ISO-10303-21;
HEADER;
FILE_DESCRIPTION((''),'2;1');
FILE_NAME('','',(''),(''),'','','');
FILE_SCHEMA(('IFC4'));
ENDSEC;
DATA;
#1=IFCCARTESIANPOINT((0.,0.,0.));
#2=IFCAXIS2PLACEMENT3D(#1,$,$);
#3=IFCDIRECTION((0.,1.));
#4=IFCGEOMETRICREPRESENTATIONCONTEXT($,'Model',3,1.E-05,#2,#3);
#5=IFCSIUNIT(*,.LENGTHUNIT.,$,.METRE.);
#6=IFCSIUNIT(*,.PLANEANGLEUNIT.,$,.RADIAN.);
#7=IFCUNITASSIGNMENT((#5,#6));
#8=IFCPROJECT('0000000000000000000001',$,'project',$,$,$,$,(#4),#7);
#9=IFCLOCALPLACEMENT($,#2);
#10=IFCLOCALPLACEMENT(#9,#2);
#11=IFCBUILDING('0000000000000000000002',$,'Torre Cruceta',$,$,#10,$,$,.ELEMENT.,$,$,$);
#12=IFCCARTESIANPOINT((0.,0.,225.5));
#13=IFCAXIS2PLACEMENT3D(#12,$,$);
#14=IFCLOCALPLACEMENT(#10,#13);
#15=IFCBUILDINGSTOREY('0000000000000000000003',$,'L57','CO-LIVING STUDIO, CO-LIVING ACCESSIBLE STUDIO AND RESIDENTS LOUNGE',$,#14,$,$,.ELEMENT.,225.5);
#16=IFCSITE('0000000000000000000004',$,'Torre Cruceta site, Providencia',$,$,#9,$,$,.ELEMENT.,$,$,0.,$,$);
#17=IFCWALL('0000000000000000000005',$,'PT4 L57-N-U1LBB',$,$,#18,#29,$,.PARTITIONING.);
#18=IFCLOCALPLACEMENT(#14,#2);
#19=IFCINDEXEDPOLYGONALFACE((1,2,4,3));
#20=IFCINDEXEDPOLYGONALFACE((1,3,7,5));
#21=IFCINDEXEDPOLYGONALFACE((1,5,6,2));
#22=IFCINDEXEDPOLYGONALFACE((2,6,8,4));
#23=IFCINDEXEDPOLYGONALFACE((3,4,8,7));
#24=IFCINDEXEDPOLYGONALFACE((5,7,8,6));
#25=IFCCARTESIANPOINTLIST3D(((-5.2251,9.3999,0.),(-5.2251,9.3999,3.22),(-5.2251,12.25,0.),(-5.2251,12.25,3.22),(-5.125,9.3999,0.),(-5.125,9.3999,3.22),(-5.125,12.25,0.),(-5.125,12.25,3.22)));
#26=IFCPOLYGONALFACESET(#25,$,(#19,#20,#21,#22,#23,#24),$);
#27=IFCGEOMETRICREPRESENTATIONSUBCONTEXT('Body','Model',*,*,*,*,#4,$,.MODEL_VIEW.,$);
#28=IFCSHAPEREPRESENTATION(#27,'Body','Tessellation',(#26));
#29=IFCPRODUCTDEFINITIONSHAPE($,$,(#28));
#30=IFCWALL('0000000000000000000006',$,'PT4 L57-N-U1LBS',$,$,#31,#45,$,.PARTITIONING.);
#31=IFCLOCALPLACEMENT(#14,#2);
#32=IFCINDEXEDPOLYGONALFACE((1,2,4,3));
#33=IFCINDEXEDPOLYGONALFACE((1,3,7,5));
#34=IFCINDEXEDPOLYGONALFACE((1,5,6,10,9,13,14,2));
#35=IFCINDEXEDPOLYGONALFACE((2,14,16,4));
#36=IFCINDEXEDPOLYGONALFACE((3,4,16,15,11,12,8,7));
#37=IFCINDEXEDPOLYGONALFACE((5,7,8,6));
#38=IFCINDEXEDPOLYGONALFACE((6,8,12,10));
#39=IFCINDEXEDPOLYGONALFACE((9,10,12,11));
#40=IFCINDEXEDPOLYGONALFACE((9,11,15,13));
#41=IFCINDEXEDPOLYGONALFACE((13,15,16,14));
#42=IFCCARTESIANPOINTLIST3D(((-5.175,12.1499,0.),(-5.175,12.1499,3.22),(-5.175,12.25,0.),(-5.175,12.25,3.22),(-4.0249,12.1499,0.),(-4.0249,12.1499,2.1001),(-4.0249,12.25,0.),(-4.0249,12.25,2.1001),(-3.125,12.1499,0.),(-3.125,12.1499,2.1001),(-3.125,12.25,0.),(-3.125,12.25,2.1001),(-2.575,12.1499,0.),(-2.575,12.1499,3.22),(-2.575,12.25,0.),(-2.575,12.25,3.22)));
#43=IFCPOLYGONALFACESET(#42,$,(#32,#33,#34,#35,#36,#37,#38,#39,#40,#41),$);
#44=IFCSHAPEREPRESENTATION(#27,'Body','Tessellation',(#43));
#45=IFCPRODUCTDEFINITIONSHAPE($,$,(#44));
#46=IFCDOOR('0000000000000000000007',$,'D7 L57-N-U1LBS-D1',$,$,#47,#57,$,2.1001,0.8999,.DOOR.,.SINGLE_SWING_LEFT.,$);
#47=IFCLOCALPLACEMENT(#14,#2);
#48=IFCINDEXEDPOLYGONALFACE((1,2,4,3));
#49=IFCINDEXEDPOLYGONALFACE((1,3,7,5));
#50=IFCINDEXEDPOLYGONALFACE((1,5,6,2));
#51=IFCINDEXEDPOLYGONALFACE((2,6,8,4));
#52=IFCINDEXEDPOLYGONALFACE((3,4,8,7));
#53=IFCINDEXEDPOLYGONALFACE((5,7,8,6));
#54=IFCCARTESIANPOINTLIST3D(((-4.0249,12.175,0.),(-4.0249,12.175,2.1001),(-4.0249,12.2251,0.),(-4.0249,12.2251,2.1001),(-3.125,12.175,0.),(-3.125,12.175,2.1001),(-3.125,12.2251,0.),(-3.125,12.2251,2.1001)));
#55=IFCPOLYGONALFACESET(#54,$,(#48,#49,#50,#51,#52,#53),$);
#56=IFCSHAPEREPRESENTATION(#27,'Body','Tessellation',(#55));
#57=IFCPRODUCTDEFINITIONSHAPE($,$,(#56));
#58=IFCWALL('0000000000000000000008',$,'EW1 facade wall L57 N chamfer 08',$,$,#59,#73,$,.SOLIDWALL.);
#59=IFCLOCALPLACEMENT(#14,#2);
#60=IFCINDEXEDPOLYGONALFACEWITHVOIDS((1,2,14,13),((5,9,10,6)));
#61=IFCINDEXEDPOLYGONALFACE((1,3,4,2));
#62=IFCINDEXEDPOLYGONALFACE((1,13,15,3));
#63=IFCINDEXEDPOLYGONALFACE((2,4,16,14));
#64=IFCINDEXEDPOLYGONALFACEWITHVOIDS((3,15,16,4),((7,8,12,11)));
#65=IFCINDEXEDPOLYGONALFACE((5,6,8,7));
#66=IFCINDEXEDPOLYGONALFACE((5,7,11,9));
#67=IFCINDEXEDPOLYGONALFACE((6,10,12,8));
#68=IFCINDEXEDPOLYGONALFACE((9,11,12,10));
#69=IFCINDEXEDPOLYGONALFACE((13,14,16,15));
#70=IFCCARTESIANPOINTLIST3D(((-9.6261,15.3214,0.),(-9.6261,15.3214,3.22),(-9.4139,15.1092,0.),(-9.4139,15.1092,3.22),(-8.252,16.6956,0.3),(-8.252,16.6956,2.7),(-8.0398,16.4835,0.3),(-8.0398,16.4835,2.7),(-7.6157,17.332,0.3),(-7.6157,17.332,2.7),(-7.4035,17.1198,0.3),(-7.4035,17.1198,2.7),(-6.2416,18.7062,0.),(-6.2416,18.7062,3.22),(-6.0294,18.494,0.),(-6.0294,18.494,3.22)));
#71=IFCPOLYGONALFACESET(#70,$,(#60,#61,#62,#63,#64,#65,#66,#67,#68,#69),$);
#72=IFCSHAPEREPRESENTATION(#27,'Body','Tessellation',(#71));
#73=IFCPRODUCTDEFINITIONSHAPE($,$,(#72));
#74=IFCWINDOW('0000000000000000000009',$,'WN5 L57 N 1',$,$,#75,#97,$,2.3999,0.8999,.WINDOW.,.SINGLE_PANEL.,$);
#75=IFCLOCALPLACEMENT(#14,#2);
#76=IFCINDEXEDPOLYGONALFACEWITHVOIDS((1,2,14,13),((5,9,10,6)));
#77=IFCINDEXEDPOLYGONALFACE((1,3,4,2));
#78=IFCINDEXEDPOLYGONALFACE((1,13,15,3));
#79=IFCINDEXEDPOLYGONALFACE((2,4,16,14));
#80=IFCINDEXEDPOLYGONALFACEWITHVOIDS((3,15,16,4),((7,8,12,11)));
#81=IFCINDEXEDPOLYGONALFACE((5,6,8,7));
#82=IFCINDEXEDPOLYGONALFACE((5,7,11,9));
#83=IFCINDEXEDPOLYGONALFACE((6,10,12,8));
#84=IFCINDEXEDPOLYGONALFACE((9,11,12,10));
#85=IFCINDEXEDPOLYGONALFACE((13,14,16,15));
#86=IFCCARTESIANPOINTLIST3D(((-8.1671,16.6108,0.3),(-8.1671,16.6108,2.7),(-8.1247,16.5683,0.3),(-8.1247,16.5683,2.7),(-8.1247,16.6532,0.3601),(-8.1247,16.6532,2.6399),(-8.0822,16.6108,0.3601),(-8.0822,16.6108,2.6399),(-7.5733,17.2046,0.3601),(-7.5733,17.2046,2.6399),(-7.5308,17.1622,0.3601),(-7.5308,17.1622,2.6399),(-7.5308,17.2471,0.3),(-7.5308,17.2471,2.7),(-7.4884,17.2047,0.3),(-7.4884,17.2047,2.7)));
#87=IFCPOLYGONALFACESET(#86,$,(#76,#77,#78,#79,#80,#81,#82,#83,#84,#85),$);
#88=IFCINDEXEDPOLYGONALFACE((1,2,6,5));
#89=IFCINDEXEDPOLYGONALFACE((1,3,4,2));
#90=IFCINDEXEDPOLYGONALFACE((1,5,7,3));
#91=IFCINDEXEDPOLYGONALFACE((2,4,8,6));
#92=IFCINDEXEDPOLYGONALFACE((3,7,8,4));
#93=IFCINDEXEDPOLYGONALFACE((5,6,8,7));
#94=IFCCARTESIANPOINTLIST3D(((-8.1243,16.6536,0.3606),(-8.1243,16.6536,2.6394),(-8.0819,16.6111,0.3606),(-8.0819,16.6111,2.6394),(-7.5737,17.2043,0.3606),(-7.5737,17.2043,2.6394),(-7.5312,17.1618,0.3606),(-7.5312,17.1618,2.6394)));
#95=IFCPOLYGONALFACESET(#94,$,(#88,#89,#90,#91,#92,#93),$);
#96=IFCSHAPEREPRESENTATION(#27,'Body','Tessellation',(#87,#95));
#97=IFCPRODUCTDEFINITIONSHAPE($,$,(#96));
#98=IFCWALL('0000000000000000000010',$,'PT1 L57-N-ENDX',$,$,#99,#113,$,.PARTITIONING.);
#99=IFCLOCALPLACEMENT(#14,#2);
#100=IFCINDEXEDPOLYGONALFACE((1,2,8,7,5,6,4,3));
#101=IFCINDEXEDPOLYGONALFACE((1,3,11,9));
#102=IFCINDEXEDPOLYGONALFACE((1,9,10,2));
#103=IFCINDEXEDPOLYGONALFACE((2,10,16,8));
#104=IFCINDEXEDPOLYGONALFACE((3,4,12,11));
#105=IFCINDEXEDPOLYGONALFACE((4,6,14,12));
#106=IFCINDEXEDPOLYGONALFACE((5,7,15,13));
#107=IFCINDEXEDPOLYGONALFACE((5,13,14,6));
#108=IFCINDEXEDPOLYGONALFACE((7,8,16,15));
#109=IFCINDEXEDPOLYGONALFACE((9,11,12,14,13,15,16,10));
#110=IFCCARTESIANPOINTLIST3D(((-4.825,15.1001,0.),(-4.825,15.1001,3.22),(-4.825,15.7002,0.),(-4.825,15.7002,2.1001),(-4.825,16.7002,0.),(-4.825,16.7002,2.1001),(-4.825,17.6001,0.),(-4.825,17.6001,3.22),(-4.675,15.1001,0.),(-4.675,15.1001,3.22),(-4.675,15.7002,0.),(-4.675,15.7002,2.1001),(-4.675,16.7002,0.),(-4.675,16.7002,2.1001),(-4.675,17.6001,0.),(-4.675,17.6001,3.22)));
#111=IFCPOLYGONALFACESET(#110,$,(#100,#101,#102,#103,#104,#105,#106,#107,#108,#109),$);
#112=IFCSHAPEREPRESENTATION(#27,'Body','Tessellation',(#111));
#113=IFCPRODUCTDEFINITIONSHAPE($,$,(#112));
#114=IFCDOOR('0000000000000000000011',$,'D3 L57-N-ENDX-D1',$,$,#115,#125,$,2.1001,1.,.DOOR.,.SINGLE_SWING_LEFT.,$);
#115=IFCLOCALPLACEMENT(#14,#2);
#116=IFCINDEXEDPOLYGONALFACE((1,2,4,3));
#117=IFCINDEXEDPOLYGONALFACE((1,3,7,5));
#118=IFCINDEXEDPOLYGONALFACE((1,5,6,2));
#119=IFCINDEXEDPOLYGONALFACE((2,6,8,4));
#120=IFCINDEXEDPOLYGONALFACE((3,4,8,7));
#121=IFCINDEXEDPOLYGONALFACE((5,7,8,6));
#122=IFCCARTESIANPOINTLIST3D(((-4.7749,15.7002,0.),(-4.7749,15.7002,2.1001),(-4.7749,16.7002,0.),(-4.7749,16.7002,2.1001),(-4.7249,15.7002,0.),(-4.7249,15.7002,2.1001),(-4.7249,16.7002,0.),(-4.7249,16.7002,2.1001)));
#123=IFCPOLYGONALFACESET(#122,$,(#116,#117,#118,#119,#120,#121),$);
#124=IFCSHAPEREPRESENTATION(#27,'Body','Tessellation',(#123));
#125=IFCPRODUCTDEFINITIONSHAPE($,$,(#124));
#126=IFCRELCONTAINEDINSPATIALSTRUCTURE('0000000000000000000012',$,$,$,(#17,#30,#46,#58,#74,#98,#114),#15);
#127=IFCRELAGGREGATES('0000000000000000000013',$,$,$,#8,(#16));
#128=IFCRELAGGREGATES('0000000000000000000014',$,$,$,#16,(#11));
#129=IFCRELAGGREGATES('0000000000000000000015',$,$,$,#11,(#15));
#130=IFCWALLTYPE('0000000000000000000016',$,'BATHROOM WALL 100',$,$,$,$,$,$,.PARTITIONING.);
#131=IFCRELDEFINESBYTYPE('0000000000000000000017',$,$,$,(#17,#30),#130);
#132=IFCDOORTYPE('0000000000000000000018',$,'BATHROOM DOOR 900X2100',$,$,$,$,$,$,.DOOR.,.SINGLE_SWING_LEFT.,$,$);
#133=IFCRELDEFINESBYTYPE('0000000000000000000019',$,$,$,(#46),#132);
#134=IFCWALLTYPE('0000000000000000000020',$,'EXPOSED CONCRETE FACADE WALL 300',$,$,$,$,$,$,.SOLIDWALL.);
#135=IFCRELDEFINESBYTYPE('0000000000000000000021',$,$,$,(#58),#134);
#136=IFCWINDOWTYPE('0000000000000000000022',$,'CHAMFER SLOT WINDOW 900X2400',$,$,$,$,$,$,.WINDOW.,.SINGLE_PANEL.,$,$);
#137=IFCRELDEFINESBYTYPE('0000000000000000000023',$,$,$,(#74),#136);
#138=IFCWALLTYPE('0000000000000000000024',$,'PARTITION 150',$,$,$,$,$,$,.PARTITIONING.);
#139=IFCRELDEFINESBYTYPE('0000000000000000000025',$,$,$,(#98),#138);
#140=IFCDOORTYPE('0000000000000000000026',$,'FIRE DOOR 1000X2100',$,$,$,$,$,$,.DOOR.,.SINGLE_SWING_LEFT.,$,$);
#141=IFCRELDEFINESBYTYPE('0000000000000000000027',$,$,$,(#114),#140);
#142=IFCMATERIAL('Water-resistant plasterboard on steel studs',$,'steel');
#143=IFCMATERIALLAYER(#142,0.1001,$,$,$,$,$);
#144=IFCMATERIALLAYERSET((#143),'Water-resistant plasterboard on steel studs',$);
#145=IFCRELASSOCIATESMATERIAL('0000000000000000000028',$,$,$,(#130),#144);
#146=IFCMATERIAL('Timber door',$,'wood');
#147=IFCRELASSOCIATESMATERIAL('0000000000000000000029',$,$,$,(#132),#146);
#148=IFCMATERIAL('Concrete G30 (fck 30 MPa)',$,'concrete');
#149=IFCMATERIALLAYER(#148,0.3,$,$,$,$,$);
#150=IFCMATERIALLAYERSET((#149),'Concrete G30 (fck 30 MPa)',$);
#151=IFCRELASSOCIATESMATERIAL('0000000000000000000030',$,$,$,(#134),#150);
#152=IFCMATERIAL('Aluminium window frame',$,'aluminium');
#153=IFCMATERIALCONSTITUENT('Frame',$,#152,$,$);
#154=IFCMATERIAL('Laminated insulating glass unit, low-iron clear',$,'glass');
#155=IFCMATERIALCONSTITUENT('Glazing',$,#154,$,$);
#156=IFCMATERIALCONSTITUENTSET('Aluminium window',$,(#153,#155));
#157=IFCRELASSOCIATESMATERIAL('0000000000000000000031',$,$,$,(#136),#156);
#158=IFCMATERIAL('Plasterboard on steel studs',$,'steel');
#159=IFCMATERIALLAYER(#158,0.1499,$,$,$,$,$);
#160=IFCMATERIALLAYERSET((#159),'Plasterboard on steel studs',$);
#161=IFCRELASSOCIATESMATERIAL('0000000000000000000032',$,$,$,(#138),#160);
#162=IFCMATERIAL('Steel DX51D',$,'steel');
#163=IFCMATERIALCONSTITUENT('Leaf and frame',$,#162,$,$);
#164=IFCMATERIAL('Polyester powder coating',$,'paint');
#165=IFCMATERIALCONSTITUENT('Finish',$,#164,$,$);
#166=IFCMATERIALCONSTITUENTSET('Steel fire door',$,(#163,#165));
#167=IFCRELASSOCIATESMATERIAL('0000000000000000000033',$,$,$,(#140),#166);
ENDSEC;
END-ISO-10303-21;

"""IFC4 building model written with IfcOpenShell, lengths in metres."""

from ifc_helpers import new_model, si_unit, direction, frame, frame_2d, origin, place, context, subcontext, project, spatial, rectangle, hollow_rectangle, extrude, material, layer, layer_set, constituent, constituent_set, type_object, element, fill, save


model = new_model("IFC4")

# Units and contexts
model_context = context("Model", 3, precision=1e-05, world=origin(), true_north=direction((0.0, 1.0)))
body_context = subcontext(model_context, "Body", "Model", "MODEL_VIEW")
ifc_project = project(units=[si_unit("LENGTHUNIT", "METRE"), si_unit("PLANEANGLEUNIT", "RADIAN")], contexts=[model_context])

# Site, building, storey
site_placement = place(None, origin())
site = spatial("IfcSite", under=ifc_project, at=site_placement, Name="Torre Cruceta site, Providencia", CompositionType="ELEMENT", RefElevation=0.0)
building_placement = place(site_placement, origin())
building = spatial("IfcBuilding", under=site, at=building_placement, Name="Torre Cruceta", CompositionType="ELEMENT")
storey_placement = place(building_placement, frame((0.0, 0.0, 225.5)))
storey = spatial("IfcBuildingStorey", under=building, at=storey_placement, Name="L57", Description="CO-LIVING STUDIO, CO-LIVING ACCESSIBLE STUDIO AND RESIDENTS LOUNGE", CompositionType="ELEMENT", Elevation=225.5)

# Wall
ifc_material_1 = material(Name="Water-resistant plasterboard on steel studs", Category="steel")
ifc_layer_1 = layer(ifc_material_1, 0.1001)
ifc_layer_set_1 = layer_set([ifc_layer_1], Name="Water-resistant plasterboard on steel studs")
wall_type_1 = type_object("IfcWallType", Name="BATHROOM WALL 100", PredefinedType="PARTITIONING", material=ifc_layer_set_1)
wall_1_placement = place(storey_placement, frame((-5.175, 9.3999, 0.0), z_axis=(0.0, 0.0, 1.0), x_axis=(0.0, 1.0, 0.0)))
element("IfcWall", 1, at=wall_1_placement, inside=storey, type_object=wall_type_1, Name="PT4 L57-N-U1LBB", PredefinedType="PARTITIONING", context=body_context, shape_type="SweptSolid", body=[
    extrude(rectangle(XDim=2.8501, YDim=0.1001, at=frame_2d((1.425, 0.0))), origin(), (0.0, 0.0, 1.0), 3.22),
])

# Wall, opening, door
wall_2_placement = place(storey_placement, frame((-2.575, 12.2, 0.0), z_axis=(0.0, 0.0, 1.0), x_axis=(-1.0, 0.0, 0.0)))
wall_2 = element("IfcWall", 2, at=wall_2_placement, inside=storey, type_object=wall_type_1, Name="PT4 L57-N-U1LBS", PredefinedType="PARTITIONING", context=body_context, shape_type="SweptSolid", body=[
    extrude(rectangle(XDim=2.6001, YDim=0.1001, at=frame_2d((1.3, 0.0))), origin(), (0.0, 0.0, 1.0), 3.22),
])
opening_1_placement = place(wall_2_placement, frame((0.55, 0.0, 0.0)))
opening_1 = element("IfcOpeningElement", 3, at=opening_1_placement, cuts=wall_2, PredefinedType="OPENING", context=body_context, shape_type="SweptSolid", body=[
    extrude(rectangle(XDim=0.8999, YDim=2.1001, at=frame_2d((0.45, 1.05))), frame((0.0, 0.0601, 0.0), z_axis=(0.0, -1.0, 0.0), x_axis=(1.0, 0.0, 0.0)), (0.0, 0.0, 1.0), 0.1201),
])
ifc_material_2 = material(Name="Timber door", Category="wood")
door_type_1 = type_object("IfcDoorType", Name="BATHROOM DOOR 900X2100", OperationType="SINGLE_SWING_LEFT", PredefinedType="DOOR", material=ifc_material_2)
door_1_placement = place(opening_1_placement, origin())
door_1 = element("IfcDoor", 4, at=door_1_placement, inside=storey, type_object=door_type_1, Name="D7 L57-N-U1LBS-D1", OperationType="SINGLE_SWING_LEFT", OverallHeight=2.1001, OverallWidth=0.8999, PredefinedType="DOOR", context=body_context, shape_type="SweptSolid", body=[
    extrude(rectangle(XDim=0.8999, YDim=2.1001, at=frame_2d((0.45, 1.05))), frame((0.0, 0.0249, 0.0), z_axis=(0.0, -1.0, 0.0), x_axis=(1.0, 0.0, 0.0)), (0.0, 0.0, 1.0), 0.05),
])
fill(opening_1, door_1)

# Wall, opening, window
ifc_material_3 = material(Name="Concrete G30 (fck 30 MPa)", Category="concrete")
ifc_layer_2 = layer(ifc_material_3, 0.3)
ifc_layer_set_2 = layer_set([ifc_layer_2], Name="Concrete G30 (fck 30 MPa)")
wall_type_2 = type_object("IfcWallType", Name="EXPOSED CONCRETE FACADE WALL 300", PredefinedType="SOLIDWALL", material=ifc_layer_set_2)
wall_3_placement = place(storey_placement, frame((-6.1355, 18.6001, 0.0), z_axis=(0.0, 0.0, 1.0), x_axis=(-0.707081, -0.707132, 0.0)))
wall_3 = element("IfcWall", 5, at=wall_3_placement, inside=storey, type_object=wall_type_2, Name="EW1 facade wall L57 N chamfer 08", PredefinedType="SOLIDWALL", context=body_context, shape_type="SweptSolid", body=[
    extrude(rectangle(XDim=4.7866, YDim=0.3, at=frame_2d((2.3933, 0.0))), origin(), (0.0, 0.0, 1.0), 3.22),
])
opening_2_placement = place(wall_3_placement, frame((1.9434, 0.0, 0.3)))
opening_2 = element("IfcOpeningElement", 6, at=opening_2_placement, cuts=wall_3, PredefinedType="OPENING", context=body_context, shape_type="SweptSolid", body=[
    extrude(rectangle(XDim=0.8999, YDim=2.3999, at=frame_2d((0.45, 1.2))), frame((0.0, 0.1599, 0.0), z_axis=(0.0, -1.0, 0.0), x_axis=(1.0, 0.0, 0.0)), (0.0, 0.0, 1.0), 0.3201),
])
ifc_material_4 = material(Name="Aluminium window frame", Category="aluminium")
ifc_constituent_1 = constituent(ifc_material_4, Name="Frame")
ifc_material_5 = material(Name="Laminated insulating glass unit, low-iron clear", Category="glass")
ifc_constituent_2 = constituent(ifc_material_5, Name="Glazing")
ifc_constituent_set_1 = constituent_set(constituents=[ifc_constituent_1, ifc_constituent_2], Name="Aluminium window")
window_type = type_object("IfcWindowType", Name="CHAMFER SLOT WINDOW 900X2400", PartitioningType="SINGLE_PANEL", PredefinedType="WINDOW", material=ifc_constituent_set_1)
window_placement = place(opening_2_placement, origin())
window = element("IfcWindow", 7, at=window_placement, inside=storey, type_object=window_type, Name="WN5 L57 N 1", OverallHeight=2.3999, OverallWidth=0.8999, PartitioningType="SINGLE_PANEL", PredefinedType="WINDOW", context=body_context, shape_type="SweptSolid", body=[
    extrude(hollow_rectangle(XDim=0.8999, YDim=2.3999, WallThickness=0.0601, at=frame_2d((0.45, 1.2))), frame((0.0, 0.03, 0.0), z_axis=(0.0, -1.0, 0.0), x_axis=(1.0, 0.0, 0.0)), (0.0, 0.0, 1.0), 0.0601),
    extrude(rectangle(XDim=0.7788, YDim=2.2788, at=frame_2d((0.45, 1.2))), frame((0.0, 0.03, 0.0), z_axis=(0.0, -1.0, 0.0), x_axis=(1.0, 0.0, 0.0)), (0.0, 0.0, 1.0), 0.0601),
])
fill(opening_2, window)

# Wall, opening, door
ifc_material_6 = material(Name="Plasterboard on steel studs", Category="steel")
ifc_layer_3 = layer(ifc_material_6, 0.1499)
ifc_layer_set_3 = layer_set([ifc_layer_3], Name="Plasterboard on steel studs")
wall_type_3 = type_object("IfcWallType", Name="PARTITION 150", PredefinedType="PARTITIONING", material=ifc_layer_set_3)
wall_4_placement = place(storey_placement, frame((-4.75, 15.1001, 0.0), z_axis=(0.0, 0.0, 1.0), x_axis=(0.0, 1.0, 0.0)))
wall_4 = element("IfcWall", 8, at=wall_4_placement, inside=storey, type_object=wall_type_3, Name="PT1 L57-N-ENDX", PredefinedType="PARTITIONING", context=body_context, shape_type="SweptSolid", body=[
    extrude(rectangle(XDim=2.5, YDim=0.1499, at=frame_2d((1.25, 0.0))), origin(), (0.0, 0.0, 1.0), 3.22),
])
opening_3_placement = place(wall_4_placement, frame((0.6001, 0.0, 0.0)))
opening_3 = element("IfcOpeningElement", 9, at=opening_3_placement, cuts=wall_4, PredefinedType="OPENING", context=body_context, shape_type="SweptSolid", body=[
    extrude(rectangle(XDim=1.0, YDim=2.1001, at=frame_2d((0.5, 1.05))), frame((0.0, 0.085, 0.0), z_axis=(0.0, -1.0, 0.0), x_axis=(1.0, 0.0, 0.0)), (0.0, 0.0, 1.0), 0.1699),
])
ifc_material_7 = material(Name="Steel DX51D", Category="steel")
ifc_constituent_3 = constituent(ifc_material_7, Name="Leaf and frame")
ifc_material_8 = material(Name="Polyester powder coating", Category="paint")
ifc_constituent_4 = constituent(ifc_material_8, Name="Finish")
ifc_constituent_set_2 = constituent_set(constituents=[ifc_constituent_3, ifc_constituent_4], Name="Steel fire door")
door_type_2 = type_object("IfcDoorType", Name="FIRE DOOR 1000X2100", OperationType="SINGLE_SWING_LEFT", PredefinedType="DOOR", material=ifc_constituent_set_2)
door_2_placement = place(opening_3_placement, origin())
door_2 = element("IfcDoor", 10, at=door_2_placement, inside=storey, type_object=door_type_2, Name="D3 L57-N-ENDX-D1", OperationType="SINGLE_SWING_LEFT", OverallHeight=2.1001, OverallWidth=1.0, PredefinedType="DOOR", context=body_context, shape_type="SweptSolid", body=[
    extrude(rectangle(XDim=1.0, YDim=2.1001, at=frame_2d((0.5, 1.05))), frame((0.0, 0.0249, 0.0), z_axis=(0.0, -1.0, 0.0), x_axis=(1.0, 0.0, 0.0)), (0.0, 0.0, 1.0), 0.05),
])
fill(opening_3, door_2)

save(model, "model.ifc")
